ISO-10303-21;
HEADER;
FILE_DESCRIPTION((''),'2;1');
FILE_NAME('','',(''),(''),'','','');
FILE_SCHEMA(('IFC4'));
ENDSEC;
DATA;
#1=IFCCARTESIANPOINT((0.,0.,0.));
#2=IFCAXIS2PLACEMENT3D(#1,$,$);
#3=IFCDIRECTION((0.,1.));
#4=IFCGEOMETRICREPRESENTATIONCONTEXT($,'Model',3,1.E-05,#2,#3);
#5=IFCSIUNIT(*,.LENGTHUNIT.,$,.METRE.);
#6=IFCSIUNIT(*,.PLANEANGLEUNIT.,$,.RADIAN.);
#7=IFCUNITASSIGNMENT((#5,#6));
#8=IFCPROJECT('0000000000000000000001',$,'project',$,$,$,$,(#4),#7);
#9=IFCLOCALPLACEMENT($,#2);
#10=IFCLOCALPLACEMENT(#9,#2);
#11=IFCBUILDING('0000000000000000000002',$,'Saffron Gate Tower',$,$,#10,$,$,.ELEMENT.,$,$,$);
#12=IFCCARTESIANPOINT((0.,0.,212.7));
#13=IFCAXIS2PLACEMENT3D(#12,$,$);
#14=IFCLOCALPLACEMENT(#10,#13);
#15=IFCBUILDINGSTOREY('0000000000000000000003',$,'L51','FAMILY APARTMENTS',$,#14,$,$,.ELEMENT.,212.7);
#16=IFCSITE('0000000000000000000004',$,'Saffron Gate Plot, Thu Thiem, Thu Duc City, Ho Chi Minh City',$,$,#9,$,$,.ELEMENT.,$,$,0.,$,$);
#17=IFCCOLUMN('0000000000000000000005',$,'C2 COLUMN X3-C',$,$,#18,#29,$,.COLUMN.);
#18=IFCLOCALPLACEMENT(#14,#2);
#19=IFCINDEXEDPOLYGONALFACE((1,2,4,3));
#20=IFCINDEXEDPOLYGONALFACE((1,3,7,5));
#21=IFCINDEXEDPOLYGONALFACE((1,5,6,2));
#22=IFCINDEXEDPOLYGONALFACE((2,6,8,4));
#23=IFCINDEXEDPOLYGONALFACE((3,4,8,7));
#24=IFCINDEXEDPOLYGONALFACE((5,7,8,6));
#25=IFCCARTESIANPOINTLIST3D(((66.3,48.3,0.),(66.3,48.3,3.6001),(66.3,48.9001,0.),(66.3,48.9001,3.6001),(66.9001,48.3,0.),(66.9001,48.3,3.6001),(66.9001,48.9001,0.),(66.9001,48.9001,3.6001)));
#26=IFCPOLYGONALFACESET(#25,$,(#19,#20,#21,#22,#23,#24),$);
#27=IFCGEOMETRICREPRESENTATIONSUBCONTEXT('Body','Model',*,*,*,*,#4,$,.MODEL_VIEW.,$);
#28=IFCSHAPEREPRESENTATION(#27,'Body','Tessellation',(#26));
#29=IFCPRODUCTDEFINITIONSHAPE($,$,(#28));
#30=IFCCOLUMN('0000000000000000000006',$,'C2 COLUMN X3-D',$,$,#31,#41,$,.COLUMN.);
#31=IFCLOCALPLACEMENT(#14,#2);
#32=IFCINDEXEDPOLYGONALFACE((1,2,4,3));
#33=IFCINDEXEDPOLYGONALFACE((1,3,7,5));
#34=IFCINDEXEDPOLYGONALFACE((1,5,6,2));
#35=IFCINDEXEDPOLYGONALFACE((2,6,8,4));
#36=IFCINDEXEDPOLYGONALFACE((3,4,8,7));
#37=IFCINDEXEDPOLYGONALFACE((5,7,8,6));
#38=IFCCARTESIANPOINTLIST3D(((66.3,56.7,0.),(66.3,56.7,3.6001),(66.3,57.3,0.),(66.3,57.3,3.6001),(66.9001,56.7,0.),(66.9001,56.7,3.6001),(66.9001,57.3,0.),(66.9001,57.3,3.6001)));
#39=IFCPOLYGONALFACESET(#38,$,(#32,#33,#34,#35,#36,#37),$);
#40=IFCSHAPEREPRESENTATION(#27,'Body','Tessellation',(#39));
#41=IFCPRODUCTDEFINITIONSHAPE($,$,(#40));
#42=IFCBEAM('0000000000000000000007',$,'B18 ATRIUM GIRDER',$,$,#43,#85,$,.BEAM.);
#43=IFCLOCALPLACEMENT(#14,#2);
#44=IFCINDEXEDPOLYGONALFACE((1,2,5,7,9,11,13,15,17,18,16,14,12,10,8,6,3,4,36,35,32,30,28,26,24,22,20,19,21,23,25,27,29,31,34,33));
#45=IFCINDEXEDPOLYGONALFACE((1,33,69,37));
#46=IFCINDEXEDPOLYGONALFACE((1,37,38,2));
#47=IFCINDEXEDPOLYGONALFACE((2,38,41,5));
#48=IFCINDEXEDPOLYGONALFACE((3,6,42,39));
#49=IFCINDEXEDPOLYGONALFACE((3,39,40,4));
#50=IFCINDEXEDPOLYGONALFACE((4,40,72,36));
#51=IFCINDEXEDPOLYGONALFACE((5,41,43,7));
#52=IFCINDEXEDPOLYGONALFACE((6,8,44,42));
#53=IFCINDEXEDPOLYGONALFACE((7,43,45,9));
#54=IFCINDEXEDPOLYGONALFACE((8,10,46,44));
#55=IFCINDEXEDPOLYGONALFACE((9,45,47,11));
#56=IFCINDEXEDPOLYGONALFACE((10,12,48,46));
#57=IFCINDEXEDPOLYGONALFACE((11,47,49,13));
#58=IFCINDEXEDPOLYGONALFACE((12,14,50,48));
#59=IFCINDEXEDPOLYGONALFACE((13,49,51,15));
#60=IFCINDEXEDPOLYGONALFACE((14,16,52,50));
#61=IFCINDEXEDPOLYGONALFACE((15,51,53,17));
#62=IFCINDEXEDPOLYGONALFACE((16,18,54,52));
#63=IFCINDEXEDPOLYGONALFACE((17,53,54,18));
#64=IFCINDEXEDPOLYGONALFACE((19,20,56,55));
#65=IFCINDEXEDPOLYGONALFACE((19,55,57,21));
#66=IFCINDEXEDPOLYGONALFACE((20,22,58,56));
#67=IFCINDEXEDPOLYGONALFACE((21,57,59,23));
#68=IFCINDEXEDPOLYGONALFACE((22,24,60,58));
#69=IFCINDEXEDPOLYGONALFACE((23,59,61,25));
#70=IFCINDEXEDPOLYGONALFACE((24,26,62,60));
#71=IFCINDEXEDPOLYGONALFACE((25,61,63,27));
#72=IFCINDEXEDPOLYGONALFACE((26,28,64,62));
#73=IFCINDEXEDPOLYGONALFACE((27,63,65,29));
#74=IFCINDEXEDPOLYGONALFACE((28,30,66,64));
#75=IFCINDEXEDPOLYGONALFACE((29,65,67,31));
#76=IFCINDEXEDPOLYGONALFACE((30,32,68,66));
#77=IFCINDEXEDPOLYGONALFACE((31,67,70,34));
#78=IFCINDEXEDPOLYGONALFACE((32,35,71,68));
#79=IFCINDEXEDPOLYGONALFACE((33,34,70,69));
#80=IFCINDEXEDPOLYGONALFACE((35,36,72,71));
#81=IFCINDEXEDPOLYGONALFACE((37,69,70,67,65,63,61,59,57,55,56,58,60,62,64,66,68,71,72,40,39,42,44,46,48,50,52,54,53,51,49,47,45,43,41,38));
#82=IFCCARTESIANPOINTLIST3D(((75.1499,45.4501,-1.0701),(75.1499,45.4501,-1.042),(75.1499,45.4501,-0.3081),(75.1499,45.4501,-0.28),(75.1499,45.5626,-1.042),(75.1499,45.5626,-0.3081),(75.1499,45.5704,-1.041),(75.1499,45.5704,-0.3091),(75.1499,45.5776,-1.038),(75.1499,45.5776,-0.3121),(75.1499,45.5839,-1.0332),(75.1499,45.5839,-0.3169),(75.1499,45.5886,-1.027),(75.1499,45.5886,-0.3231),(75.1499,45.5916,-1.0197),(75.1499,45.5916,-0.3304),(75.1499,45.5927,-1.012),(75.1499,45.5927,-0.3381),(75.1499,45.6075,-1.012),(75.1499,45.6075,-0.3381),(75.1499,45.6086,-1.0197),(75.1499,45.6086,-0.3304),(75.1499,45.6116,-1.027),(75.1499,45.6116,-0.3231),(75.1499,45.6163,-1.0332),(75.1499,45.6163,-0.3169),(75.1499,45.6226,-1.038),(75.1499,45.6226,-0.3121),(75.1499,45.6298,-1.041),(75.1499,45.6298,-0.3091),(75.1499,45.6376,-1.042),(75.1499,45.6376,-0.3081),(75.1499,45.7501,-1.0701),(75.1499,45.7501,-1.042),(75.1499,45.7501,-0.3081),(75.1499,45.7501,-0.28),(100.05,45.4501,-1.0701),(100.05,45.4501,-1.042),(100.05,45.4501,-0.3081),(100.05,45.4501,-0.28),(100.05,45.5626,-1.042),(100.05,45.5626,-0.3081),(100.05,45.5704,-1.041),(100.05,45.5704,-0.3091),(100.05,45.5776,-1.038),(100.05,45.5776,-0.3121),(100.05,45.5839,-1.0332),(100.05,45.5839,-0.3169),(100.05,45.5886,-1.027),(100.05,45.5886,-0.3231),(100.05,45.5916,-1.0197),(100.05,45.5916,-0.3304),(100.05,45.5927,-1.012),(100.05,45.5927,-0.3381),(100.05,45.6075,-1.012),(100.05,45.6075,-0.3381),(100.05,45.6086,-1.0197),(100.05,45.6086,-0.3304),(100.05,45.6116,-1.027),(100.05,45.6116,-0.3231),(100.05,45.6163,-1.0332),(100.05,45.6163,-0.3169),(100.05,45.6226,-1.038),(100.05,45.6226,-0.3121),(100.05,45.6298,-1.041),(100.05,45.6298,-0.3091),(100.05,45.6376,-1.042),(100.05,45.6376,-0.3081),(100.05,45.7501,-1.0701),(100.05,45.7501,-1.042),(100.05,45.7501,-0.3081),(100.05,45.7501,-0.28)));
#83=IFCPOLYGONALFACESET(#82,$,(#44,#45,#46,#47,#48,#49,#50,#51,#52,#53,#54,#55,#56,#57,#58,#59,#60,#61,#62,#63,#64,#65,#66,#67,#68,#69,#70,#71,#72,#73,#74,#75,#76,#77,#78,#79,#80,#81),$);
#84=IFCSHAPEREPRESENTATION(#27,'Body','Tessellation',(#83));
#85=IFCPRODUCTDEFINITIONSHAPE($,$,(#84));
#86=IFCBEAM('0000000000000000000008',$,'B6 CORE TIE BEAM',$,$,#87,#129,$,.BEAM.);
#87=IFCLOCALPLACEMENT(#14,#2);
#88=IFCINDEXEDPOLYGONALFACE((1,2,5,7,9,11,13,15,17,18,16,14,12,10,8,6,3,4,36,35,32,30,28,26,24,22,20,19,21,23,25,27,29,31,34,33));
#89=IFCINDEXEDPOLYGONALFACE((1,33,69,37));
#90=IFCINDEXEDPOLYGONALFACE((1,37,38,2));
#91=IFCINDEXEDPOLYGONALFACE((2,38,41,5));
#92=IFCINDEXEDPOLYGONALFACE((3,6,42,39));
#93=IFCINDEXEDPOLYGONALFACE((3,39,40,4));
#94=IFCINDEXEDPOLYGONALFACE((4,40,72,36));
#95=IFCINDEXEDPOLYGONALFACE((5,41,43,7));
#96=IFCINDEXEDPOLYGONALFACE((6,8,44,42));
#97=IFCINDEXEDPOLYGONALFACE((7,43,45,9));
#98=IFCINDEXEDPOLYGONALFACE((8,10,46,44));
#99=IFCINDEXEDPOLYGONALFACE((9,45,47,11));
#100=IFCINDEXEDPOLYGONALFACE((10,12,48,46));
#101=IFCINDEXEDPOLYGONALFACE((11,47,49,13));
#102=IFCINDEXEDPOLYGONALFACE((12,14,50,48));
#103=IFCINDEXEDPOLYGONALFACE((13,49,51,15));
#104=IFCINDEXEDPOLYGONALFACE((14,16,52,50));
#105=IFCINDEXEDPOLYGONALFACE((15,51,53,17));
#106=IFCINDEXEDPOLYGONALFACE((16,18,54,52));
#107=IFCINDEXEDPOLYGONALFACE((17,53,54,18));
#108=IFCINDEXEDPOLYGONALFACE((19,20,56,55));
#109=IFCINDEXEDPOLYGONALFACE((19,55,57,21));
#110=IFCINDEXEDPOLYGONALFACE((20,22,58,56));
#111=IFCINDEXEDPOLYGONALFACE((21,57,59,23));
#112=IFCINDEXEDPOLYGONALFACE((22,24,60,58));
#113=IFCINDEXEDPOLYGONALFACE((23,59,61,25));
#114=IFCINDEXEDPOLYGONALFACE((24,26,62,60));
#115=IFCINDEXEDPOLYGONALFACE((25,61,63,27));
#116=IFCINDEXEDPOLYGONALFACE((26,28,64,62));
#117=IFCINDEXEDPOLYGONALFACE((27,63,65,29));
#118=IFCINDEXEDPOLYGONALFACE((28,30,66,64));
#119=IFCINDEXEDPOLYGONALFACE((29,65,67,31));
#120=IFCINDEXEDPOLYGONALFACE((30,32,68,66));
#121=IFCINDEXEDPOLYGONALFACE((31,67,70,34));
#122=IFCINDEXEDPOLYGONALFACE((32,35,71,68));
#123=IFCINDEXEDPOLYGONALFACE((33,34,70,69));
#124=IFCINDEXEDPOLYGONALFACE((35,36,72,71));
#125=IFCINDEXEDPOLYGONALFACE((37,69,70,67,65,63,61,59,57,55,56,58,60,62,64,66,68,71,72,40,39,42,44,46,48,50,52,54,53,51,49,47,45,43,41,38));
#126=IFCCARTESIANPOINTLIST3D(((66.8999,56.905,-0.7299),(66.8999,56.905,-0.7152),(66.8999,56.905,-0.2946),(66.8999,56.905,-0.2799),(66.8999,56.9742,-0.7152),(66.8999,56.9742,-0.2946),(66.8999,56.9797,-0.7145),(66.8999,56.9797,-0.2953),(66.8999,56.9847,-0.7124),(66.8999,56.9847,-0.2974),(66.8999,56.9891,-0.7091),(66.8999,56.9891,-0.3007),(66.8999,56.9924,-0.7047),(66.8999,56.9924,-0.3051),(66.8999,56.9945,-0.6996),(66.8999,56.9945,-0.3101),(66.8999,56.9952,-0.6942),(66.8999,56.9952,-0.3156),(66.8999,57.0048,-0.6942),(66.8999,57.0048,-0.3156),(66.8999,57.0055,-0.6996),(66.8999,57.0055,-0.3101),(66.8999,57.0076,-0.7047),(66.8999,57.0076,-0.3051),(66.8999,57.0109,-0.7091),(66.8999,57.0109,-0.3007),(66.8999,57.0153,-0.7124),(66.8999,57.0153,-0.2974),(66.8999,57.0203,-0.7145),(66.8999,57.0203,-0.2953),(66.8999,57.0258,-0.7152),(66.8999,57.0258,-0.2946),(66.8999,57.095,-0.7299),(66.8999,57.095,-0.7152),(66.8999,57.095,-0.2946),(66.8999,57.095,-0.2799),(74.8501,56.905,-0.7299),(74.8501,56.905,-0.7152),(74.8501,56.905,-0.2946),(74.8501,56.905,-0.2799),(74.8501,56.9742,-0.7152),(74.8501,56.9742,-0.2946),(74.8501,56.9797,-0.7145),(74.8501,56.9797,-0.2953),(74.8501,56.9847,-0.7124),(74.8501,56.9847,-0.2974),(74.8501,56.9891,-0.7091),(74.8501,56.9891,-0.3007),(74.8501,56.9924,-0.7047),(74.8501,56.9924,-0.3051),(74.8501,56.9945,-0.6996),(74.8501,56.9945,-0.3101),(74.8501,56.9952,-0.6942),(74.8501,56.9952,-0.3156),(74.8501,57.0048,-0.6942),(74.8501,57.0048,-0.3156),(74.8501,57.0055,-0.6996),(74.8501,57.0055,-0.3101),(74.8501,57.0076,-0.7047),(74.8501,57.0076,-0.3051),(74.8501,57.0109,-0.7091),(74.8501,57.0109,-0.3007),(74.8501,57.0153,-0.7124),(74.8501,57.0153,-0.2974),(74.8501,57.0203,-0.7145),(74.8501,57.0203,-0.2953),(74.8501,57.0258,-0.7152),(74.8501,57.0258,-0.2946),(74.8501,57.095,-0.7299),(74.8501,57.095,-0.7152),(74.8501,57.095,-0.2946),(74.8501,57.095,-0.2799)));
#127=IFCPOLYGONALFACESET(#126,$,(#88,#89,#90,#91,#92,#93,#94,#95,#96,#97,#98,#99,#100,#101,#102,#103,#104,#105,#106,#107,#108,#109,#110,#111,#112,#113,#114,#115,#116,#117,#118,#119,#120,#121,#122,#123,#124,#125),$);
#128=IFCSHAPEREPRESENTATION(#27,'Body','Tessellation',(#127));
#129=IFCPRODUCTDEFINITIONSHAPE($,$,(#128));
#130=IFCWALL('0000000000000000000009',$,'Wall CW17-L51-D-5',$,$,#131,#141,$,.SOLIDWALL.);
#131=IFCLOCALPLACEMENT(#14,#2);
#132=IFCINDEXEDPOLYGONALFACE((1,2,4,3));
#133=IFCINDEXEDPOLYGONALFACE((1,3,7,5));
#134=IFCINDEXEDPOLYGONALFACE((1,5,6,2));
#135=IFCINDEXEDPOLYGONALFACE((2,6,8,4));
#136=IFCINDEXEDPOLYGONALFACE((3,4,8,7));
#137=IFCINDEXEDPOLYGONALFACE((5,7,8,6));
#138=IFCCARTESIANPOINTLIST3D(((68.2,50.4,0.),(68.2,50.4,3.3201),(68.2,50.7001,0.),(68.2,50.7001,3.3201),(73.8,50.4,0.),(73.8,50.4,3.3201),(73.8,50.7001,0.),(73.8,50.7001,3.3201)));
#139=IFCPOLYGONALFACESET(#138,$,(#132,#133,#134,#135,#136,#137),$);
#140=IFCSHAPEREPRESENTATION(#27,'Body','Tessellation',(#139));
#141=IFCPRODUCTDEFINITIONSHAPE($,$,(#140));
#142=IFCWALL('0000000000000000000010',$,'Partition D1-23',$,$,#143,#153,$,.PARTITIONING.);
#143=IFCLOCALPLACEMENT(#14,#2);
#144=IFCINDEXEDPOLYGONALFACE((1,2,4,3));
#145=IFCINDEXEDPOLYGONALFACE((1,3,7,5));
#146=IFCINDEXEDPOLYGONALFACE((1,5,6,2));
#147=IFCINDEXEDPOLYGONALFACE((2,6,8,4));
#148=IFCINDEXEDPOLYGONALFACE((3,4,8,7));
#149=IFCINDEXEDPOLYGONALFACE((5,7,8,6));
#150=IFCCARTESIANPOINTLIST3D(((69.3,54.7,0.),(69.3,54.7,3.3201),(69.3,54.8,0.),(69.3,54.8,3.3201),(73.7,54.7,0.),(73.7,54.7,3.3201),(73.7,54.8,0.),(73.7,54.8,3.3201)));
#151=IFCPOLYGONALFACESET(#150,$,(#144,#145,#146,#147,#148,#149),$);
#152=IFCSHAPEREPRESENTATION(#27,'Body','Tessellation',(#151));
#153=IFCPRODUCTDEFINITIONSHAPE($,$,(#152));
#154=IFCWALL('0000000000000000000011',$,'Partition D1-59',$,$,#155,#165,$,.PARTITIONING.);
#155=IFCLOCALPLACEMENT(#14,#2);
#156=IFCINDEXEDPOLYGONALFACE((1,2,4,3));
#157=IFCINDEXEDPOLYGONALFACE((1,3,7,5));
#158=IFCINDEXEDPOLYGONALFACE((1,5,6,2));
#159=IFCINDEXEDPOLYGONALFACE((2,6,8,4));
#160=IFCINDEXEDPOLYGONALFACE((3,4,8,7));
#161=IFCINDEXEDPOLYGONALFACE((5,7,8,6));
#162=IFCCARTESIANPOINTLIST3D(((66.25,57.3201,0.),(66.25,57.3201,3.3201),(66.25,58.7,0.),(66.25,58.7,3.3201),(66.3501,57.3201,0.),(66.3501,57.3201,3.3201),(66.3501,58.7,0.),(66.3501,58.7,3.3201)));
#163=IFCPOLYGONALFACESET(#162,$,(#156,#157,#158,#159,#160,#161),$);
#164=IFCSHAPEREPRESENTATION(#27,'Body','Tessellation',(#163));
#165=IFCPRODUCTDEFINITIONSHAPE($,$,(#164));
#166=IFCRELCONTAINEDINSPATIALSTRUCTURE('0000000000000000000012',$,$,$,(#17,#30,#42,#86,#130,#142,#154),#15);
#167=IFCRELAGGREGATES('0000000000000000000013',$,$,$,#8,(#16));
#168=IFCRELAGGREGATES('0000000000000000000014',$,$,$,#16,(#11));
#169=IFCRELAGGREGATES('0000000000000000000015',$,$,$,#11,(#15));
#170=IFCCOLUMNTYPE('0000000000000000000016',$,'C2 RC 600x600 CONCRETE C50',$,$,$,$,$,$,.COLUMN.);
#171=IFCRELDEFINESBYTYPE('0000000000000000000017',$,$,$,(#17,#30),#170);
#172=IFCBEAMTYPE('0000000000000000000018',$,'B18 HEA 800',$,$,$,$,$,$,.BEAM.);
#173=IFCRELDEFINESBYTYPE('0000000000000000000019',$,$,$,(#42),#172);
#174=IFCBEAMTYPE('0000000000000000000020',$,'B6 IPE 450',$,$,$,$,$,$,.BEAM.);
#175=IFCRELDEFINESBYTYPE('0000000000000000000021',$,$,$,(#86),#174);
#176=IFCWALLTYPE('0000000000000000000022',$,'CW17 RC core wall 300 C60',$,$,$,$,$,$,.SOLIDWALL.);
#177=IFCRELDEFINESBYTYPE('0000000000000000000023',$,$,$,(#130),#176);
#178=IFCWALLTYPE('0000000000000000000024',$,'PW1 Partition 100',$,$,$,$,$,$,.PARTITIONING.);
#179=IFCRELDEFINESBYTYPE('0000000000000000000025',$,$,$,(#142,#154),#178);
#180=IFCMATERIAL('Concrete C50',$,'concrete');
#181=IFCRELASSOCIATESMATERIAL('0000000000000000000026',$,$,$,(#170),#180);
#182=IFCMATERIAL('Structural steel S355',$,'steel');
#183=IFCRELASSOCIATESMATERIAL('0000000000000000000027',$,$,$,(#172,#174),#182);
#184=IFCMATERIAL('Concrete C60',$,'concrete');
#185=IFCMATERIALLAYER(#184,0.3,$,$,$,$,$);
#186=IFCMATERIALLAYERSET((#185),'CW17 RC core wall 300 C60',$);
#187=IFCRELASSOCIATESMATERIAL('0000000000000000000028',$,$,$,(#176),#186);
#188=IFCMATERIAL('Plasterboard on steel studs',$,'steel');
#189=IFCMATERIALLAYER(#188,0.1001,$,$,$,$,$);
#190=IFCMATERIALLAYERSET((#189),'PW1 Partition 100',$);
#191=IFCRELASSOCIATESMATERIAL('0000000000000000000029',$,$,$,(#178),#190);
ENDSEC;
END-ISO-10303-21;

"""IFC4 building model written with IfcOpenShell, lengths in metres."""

from ifc_helpers import new_model, si_unit, direction, frame, frame_2d, origin, origin_2d, place, context, subcontext, project, spatial, rectangle, i_section, extrude, material, layer, layer_set, material_profile, profile_set, type_object, element, save


model = new_model("IFC4")

# Units and contexts
model_context = context("Model", 3, precision=1e-05, world=origin(), true_north=direction((0.0, 1.0)))
body_context = subcontext(model_context, "Body", "Model", "MODEL_VIEW")
ifc_project = project(units=[si_unit("LENGTHUNIT", "METRE"), si_unit("PLANEANGLEUNIT", "RADIAN")], contexts=[model_context])

# Site, building, storey
site_placement = place(None, origin())
site = spatial("IfcSite", under=ifc_project, at=site_placement, Name="Saffron Gate Plot, Thu Thiem, Thu Duc City, Ho Chi Minh City", CompositionType="ELEMENT", RefElevation=0.0)
building_placement = place(site_placement, origin())
building = spatial("IfcBuilding", under=site, at=building_placement, Name="Saffron Gate Tower", CompositionType="ELEMENT")
storey_placement = place(building_placement, frame((0.0, 0.0, 212.7)))
storey = spatial("IfcBuildingStorey", under=building, at=storey_placement, Name="L51", Description="FAMILY APARTMENTS", CompositionType="ELEMENT", Elevation=212.7)

# Columns
ifc_material_1 = material(Name="Concrete C50", Category="concrete")
ifc_material_profile_1 = material_profile(ifc_material_1, rectangle(XDim=0.6001, YDim=0.6001, at=origin_2d()))
ifc_profile_set_1 = profile_set([ifc_material_profile_1], Name="Concrete C50")
column_type = type_object("IfcColumnType", Name="C2 RC 600x600 CONCRETE C50", PredefinedType="COLUMN", material=ifc_profile_set_1)
for number, where, z_axis, x_axis, name in (
    (1, (66.6001, 48.6001, 0.0), (0.0, 0.0, 1.0), (1.0, 0.0, 0.0), "C2 COLUMN X3-C"),
    (2, (66.6001, 57.0, 0.0), (0.0, 0.0, 1.0), (1.0, 0.0, 0.0), "C2 COLUMN X3-D"),
):
    element("IfcColumn", number, at=place(storey_placement, frame(where, z_axis=z_axis, x_axis=x_axis)), inside=storey, type_object=column_type, Name=name, PredefinedType="COLUMN", context=body_context, shape_type="SweptSolid", body=[
        extrude(rectangle(XDim=0.6001, YDim=0.6001, at=origin_2d()), origin(), (0.0, 0.0, 1.0), 3.6001),
    ])

# Beams
ifc_material_2 = material(Name="Structural steel S355", Category="steel")
ifc_material_profile_2 = material_profile(ifc_material_2, i_section(OverallWidth=0.3, OverallDepth=0.79, WebThickness=0.0149, FlangeThickness=0.0281, FilletRadius=0.03, at=origin_2d()))
ifc_profile_set_2 = profile_set([ifc_material_profile_2], Name="Structural steel S355")
beam_type_1 = type_object("IfcBeamType", Name="B18 HEA 800", PredefinedType="BEAM", material=ifc_profile_set_2)
beam_1_placement = place(storey_placement, frame((75.1499, 45.6001, -0.675), z_axis=(1.0, 0.0, 0.0), x_axis=(0.0, 1.0, 0.0)))
element("IfcBeam", 3, at=beam_1_placement, inside=storey, type_object=beam_type_1, Name="B18 ATRIUM GIRDER", PredefinedType="BEAM", context=body_context, shape_type="SweptSolid", body=[
    extrude(i_section(OverallWidth=0.3, OverallDepth=0.79, WebThickness=0.0149, FlangeThickness=0.0281, FilletRadius=0.03, at=origin_2d()), origin(), (0.0, 0.0, 1.0), 24.9001),
])
ifc_material_profile_3 = material_profile(ifc_material_2, i_section(OverallWidth=0.1899, OverallDepth=0.45, WebThickness=0.0095, FlangeThickness=0.0146, FilletRadius=0.021, at=origin_2d()))
ifc_profile_set_3 = profile_set([ifc_material_profile_3], Name="Structural steel S355")
beam_type_2 = type_object("IfcBeamType", Name="B6 IPE 450", PredefinedType="BEAM", material=ifc_profile_set_3)
beam_2_placement = place(storey_placement, frame((66.8999, 57.0, -0.5049), z_axis=(1.0, 0.0, 0.0), x_axis=(0.0, 1.0, 0.0)))
element("IfcBeam", 4, at=beam_2_placement, inside=storey, type_object=beam_type_2, Name="B6 CORE TIE BEAM", PredefinedType="BEAM", context=body_context, shape_type="SweptSolid", body=[
    extrude(i_section(OverallWidth=0.1899, OverallDepth=0.45, WebThickness=0.0095, FlangeThickness=0.0146, FilletRadius=0.021, at=origin_2d()), origin(), (0.0, 0.0, 1.0), 7.9502),
])

# Walls
ifc_material_3 = material(Name="Concrete C60", Category="concrete")
ifc_layer_1 = layer(ifc_material_3, 0.3)
ifc_layer_set_1 = layer_set([ifc_layer_1], Name="CW17 RC core wall 300 C60")
wall_type_1 = type_object("IfcWallType", Name="CW17 RC core wall 300 C60", PredefinedType="SOLIDWALL", material=ifc_layer_set_1)
wall_1_placement = place(storey_placement, frame((68.2, 50.55, 0.0), z_axis=(0.0, 0.0, 1.0), x_axis=(1.0, 0.0, 0.0)))
element("IfcWall", 5, at=wall_1_placement, inside=storey, type_object=wall_type_1, Name="Wall CW17-L51-D-5", PredefinedType="SOLIDWALL", context=body_context, shape_type="SweptSolid", body=[
    extrude(rectangle(XDim=5.6001, YDim=0.3, at=frame_2d((2.8, 0.0))), origin(), (0.0, 0.0, 1.0), 3.3201),
])
ifc_material_4 = material(Name="Plasterboard on steel studs", Category="steel")
ifc_layer_2 = layer(ifc_material_4, 0.1001)
ifc_layer_set_2 = layer_set([ifc_layer_2], Name="PW1 Partition 100")
wall_type_2 = type_object("IfcWallType", Name="PW1 Partition 100", PredefinedType="PARTITIONING", material=ifc_layer_set_2)
wall_2_placement = place(storey_placement, frame((69.3, 54.75, 0.0), z_axis=(0.0, 0.0, 1.0), x_axis=(1.0, 0.0, 0.0)))
element("IfcWall", 6, at=wall_2_placement, inside=storey, type_object=wall_type_2, Name="Partition D1-23", PredefinedType="PARTITIONING", context=body_context, shape_type="SweptSolid", body=[
    extrude(rectangle(XDim=4.3999, YDim=0.1001, at=frame_2d((2.2, 0.0))), origin(), (0.0, 0.0, 1.0), 3.3201),
])
wall_3_placement = place(storey_placement, frame((66.3, 58.7, 0.0), z_axis=(0.0, 0.0, 1.0), x_axis=(0.0, -1.0, 0.0)))
element("IfcWall", 7, at=wall_3_placement, inside=storey, type_object=wall_type_2, Name="Partition D1-59", PredefinedType="PARTITIONING", context=body_context, shape_type="SweptSolid", body=[
    extrude(rectangle(XDim=1.3799, YDim=0.1001, at=frame_2d((0.6899, 0.0))), origin(), (0.0, 0.0, 1.0), 3.3201),
])

save(model, "model.ifc")
